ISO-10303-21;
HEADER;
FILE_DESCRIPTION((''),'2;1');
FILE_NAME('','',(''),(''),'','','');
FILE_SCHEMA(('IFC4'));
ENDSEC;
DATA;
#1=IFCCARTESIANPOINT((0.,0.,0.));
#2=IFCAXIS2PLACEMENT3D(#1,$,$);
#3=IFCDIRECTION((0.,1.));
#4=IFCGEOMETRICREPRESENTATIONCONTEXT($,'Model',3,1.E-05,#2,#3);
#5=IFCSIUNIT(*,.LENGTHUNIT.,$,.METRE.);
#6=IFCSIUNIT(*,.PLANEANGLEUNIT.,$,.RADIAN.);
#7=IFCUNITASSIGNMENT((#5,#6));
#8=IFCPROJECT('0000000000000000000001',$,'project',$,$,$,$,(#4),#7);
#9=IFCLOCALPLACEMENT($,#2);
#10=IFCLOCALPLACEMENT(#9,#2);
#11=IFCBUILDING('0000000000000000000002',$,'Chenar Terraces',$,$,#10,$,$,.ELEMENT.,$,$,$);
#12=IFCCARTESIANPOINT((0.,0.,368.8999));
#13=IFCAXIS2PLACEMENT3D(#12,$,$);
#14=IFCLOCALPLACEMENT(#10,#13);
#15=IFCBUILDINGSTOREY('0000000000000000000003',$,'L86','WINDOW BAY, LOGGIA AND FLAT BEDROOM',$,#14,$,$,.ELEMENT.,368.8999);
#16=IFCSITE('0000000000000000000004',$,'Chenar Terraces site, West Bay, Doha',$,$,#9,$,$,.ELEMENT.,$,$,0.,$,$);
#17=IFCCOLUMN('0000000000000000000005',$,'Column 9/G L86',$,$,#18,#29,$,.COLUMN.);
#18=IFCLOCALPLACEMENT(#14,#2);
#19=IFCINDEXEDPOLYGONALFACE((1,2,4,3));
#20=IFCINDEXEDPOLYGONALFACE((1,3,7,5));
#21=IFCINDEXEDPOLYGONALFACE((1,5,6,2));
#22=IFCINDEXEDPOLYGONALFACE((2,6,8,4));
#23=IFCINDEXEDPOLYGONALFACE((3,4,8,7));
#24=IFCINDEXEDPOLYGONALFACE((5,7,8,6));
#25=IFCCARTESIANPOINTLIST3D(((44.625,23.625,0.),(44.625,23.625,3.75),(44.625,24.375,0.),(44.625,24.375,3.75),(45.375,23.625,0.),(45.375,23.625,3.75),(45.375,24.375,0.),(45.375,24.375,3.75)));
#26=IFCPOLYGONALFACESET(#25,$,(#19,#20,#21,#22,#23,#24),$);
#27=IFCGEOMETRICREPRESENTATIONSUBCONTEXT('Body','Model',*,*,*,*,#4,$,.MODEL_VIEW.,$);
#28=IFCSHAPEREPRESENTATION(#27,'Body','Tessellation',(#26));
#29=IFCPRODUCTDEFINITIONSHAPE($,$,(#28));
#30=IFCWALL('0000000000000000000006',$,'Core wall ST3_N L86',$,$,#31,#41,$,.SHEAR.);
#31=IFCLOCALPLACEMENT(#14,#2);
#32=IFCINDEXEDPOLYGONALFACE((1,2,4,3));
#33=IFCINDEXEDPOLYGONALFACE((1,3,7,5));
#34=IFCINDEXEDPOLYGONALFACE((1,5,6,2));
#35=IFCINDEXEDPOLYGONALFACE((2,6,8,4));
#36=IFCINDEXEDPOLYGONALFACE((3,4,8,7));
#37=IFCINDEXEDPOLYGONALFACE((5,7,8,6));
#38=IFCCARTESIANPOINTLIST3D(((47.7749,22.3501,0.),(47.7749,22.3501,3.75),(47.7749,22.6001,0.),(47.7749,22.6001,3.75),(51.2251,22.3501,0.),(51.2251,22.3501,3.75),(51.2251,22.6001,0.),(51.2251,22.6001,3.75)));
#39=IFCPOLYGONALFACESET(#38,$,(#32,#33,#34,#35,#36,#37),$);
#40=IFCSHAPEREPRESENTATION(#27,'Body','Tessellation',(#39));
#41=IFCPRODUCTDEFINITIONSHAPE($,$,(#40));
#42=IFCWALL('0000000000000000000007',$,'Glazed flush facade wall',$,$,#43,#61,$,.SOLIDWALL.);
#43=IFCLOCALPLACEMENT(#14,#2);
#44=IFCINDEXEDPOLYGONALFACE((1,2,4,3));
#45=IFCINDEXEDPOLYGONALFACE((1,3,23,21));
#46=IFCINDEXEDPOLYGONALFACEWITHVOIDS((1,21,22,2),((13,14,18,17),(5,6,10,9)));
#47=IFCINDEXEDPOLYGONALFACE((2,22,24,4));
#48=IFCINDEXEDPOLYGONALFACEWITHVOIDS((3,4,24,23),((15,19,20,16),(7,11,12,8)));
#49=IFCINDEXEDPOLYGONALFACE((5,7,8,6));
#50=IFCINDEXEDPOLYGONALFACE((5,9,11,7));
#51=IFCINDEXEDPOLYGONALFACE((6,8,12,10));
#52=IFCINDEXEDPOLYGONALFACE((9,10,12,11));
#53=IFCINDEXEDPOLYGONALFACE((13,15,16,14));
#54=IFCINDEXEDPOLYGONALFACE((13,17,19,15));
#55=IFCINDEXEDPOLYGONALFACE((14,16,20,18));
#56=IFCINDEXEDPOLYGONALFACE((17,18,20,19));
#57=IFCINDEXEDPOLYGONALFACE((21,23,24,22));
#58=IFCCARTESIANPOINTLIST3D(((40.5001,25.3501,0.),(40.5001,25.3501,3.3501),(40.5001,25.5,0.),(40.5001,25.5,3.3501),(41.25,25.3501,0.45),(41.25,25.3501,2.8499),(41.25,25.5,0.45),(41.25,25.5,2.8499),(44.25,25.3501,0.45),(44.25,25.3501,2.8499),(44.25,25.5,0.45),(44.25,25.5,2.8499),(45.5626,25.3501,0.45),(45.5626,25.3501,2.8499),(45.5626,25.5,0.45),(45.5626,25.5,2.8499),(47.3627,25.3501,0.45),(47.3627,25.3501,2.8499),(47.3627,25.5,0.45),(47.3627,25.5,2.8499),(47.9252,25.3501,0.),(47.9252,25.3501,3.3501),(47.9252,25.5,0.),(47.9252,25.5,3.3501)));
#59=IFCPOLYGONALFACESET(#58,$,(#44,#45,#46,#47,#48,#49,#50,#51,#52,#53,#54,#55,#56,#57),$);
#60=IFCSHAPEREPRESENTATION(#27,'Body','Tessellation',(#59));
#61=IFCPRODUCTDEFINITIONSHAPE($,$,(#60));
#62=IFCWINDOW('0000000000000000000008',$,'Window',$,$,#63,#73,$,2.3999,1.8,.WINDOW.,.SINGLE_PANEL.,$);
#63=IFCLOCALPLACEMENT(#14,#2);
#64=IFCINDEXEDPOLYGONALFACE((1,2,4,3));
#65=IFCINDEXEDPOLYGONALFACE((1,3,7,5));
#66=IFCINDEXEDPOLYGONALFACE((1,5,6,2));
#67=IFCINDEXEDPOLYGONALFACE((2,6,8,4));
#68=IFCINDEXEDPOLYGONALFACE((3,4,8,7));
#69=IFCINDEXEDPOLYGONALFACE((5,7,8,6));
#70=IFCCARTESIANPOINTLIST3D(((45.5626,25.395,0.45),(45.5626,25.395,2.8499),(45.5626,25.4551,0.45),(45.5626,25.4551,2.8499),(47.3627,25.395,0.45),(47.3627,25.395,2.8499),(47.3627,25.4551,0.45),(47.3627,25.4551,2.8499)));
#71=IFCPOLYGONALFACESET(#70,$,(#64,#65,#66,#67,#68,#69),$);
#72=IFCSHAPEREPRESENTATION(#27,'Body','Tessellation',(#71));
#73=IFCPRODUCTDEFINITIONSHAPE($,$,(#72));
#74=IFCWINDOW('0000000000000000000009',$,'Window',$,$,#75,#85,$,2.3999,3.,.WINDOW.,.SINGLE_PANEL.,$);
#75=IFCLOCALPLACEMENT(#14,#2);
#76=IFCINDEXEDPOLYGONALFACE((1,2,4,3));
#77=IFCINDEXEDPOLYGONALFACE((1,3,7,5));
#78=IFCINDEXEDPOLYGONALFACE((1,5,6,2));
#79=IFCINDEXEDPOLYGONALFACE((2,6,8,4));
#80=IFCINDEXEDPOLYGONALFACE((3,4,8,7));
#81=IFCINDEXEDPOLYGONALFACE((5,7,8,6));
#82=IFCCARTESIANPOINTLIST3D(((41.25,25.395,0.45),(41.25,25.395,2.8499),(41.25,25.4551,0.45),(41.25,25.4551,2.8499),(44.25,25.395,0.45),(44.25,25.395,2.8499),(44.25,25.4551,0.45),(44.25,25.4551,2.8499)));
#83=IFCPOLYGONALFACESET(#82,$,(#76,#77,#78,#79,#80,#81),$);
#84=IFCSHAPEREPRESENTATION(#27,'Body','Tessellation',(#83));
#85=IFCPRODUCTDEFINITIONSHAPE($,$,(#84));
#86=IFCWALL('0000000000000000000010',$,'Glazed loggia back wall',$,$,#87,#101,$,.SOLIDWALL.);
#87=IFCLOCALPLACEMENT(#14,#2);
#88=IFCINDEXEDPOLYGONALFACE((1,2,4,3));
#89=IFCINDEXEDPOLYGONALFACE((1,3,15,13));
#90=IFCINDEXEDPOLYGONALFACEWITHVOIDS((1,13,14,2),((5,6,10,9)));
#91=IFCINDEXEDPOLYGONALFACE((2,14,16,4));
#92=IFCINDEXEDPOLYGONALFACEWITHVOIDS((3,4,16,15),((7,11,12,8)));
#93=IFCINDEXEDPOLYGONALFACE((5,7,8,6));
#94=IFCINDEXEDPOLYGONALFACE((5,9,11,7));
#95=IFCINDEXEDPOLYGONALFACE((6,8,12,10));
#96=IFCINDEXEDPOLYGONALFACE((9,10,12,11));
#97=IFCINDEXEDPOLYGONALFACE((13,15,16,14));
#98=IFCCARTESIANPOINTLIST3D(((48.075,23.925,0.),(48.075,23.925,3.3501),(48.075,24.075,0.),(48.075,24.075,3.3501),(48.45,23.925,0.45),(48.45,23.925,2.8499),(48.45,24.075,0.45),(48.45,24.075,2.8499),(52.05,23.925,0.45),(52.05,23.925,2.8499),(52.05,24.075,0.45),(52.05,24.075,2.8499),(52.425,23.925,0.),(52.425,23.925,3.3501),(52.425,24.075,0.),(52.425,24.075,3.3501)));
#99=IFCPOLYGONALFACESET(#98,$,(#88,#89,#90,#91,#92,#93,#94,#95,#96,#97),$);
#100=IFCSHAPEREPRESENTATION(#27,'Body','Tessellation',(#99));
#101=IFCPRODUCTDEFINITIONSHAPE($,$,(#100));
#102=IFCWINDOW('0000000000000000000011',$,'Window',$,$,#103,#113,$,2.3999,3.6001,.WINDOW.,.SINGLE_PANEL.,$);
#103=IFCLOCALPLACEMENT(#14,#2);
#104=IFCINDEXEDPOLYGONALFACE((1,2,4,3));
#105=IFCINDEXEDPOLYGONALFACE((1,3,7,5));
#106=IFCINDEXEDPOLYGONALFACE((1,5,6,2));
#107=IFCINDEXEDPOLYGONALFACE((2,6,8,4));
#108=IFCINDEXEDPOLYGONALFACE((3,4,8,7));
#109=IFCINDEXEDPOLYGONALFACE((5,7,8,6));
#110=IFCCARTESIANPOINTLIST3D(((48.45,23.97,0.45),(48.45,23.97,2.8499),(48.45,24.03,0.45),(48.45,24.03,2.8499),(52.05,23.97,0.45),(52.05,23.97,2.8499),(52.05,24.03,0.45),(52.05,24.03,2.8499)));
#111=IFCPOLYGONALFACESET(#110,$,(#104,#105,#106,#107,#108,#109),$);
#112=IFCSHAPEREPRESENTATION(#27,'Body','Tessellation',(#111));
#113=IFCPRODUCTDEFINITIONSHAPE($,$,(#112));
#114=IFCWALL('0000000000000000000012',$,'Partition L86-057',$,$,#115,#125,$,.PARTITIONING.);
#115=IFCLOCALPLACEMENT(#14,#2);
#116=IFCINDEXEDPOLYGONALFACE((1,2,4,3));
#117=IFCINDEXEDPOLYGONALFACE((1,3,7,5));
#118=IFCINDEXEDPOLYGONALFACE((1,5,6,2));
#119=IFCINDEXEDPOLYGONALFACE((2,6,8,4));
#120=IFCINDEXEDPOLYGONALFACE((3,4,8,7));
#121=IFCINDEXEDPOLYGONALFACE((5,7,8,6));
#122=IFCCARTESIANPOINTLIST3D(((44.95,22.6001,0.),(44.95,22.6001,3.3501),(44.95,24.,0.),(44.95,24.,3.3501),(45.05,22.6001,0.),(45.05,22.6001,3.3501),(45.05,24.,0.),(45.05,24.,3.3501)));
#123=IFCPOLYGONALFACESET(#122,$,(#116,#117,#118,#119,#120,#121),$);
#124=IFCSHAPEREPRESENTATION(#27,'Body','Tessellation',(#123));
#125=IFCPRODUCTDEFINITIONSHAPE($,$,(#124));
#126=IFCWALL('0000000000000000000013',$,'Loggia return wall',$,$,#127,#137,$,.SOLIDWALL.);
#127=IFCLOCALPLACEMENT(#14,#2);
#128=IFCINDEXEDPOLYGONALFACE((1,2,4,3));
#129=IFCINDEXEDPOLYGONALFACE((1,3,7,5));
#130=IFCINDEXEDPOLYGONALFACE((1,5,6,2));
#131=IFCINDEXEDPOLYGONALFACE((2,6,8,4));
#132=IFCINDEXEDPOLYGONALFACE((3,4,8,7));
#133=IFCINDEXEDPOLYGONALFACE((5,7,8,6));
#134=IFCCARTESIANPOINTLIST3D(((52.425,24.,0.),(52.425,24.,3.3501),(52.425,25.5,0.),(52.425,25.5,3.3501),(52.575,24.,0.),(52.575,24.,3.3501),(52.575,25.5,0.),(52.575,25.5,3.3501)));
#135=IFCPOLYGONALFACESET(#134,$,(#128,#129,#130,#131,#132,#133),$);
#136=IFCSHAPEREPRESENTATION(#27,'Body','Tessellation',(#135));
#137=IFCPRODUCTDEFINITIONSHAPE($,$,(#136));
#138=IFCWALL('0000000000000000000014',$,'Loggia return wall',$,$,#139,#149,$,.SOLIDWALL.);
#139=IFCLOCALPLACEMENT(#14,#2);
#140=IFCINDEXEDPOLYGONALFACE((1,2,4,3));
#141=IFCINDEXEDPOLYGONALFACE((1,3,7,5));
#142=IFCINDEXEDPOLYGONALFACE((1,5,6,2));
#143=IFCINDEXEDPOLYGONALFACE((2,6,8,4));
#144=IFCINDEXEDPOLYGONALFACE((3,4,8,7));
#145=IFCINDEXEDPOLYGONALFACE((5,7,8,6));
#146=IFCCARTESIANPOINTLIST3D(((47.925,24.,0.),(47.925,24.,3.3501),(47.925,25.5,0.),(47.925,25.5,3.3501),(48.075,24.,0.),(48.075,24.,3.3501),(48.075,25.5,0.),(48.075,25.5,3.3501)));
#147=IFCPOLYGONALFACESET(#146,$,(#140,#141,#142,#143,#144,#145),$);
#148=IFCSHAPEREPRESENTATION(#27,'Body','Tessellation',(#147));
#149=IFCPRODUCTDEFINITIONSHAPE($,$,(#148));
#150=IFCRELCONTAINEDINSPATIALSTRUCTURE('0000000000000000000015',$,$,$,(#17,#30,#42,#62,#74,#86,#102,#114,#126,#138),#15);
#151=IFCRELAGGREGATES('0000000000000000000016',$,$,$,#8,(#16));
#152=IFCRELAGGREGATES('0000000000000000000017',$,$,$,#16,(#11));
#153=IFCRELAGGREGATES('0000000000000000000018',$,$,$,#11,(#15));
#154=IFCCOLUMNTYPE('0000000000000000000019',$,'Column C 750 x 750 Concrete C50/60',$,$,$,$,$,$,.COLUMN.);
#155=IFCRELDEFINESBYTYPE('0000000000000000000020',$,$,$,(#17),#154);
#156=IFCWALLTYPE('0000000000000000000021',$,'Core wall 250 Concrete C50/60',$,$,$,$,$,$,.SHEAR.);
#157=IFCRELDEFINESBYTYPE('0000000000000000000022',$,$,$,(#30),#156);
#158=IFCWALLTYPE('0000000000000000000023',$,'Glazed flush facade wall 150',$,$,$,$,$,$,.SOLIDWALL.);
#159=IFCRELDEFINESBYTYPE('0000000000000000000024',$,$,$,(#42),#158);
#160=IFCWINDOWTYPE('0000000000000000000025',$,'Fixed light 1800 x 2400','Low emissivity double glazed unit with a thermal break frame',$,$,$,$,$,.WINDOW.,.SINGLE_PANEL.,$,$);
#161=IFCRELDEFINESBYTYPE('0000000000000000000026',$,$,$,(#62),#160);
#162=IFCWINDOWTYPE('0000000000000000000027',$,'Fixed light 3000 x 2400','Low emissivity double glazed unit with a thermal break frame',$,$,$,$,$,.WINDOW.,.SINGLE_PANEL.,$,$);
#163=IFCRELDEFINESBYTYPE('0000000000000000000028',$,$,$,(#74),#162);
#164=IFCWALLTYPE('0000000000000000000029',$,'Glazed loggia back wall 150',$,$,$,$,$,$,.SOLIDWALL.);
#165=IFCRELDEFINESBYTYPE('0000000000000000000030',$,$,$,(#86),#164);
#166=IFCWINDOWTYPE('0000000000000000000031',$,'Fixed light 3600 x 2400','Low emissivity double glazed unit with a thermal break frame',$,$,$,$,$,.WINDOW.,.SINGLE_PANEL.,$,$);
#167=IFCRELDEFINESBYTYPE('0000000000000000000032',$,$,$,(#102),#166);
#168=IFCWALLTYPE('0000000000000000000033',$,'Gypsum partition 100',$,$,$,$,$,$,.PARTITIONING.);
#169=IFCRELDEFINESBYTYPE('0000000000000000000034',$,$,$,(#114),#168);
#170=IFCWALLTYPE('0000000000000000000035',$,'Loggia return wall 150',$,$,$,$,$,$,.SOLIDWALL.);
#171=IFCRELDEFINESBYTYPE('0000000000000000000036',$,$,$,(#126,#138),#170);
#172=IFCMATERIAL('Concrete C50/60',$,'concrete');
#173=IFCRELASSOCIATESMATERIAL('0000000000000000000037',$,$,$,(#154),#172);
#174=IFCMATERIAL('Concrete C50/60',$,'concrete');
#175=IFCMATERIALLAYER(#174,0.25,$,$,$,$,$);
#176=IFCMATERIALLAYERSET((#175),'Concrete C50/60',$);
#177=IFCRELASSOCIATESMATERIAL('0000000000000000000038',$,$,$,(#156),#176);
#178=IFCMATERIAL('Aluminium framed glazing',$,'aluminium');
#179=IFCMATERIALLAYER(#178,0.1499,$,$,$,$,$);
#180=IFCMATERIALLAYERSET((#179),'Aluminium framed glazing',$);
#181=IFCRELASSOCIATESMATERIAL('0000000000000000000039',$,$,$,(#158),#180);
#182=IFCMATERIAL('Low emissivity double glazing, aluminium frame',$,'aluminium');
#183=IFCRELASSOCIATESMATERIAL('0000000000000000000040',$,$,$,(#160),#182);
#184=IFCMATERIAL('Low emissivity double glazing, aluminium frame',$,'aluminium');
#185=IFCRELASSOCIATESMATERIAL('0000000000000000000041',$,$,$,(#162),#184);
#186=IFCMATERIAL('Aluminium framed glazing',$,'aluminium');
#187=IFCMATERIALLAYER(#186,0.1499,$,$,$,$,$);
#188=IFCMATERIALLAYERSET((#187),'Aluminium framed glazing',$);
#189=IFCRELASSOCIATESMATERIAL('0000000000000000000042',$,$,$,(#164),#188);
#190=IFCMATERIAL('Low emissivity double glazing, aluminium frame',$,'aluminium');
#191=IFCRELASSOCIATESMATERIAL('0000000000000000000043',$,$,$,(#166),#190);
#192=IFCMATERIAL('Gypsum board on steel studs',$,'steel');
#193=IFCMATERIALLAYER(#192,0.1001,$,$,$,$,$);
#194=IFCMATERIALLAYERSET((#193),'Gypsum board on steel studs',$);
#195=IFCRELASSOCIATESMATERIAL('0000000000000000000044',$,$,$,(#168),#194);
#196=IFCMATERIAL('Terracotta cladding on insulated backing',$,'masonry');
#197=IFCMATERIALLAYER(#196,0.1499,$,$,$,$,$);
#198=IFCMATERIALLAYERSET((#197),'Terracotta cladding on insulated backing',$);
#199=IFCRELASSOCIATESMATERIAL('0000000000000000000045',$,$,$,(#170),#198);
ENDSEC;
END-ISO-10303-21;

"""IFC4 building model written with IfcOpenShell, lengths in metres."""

from ifc_helpers import new_model, si_unit, direction, frame, frame_2d, origin, origin_2d, place, context, subcontext, project, spatial, rectangle, extrude, material, layer, layer_set, material_profile, profile_set, type_object, element, fill, save


model = new_model("IFC4")

# Units and contexts
model_context = context("Model", 3, precision=1e-05, world=origin(), true_north=direction((0.0, 1.0)))
body_context = subcontext(model_context, "Body", "Model", "MODEL_VIEW")
ifc_project = project(units=[si_unit("LENGTHUNIT", "METRE"), si_unit("PLANEANGLEUNIT", "RADIAN")], contexts=[model_context])

# Site, building, storey
site_placement = place(None, origin())
site = spatial("IfcSite", under=ifc_project, at=site_placement, Name="Chenar Terraces site, West Bay, Doha", CompositionType="ELEMENT", RefElevation=0.0)
building_placement = place(site_placement, origin())
building = spatial("IfcBuilding", under=site, at=building_placement, Name="Chenar Terraces", CompositionType="ELEMENT")
storey_placement = place(building_placement, frame((0.0, 0.0, 368.8999)))
storey = spatial("IfcBuildingStorey", under=building, at=storey_placement, Name="L86", Description="WINDOW BAY, LOGGIA AND FLAT BEDROOM", CompositionType="ELEMENT", Elevation=368.8999)

# Column
ifc_material_1 = material(Name="Concrete C50/60", Category="concrete")
ifc_material_profile_1 = material_profile(ifc_material_1, rectangle(XDim=0.75, YDim=0.75, at=origin_2d()), Name="C 750 x 750")
ifc_profile_set_1 = profile_set([ifc_material_profile_1], Name="Concrete C50/60")
column_type = type_object("IfcColumnType", Name="Column C 750 x 750 Concrete C50/60", PredefinedType="COLUMN", material=ifc_profile_set_1)
column_placement = place(storey_placement, frame((45.0, 24.0, 0.0), z_axis=(0.0, 0.0, 1.0), x_axis=(1.0, 0.0, 0.0)))
element("IfcColumn", 1, at=column_placement, inside=storey, type_object=column_type, Name="Column 9/G L86", PredefinedType="COLUMN", context=body_context, shape_type="SweptSolid", body=[
    extrude(rectangle(XDim=0.75, YDim=0.75, at=origin_2d()), origin(), (0.0, 0.0, 1.0), 3.75),
])

# Wall
ifc_material_2 = material(Name="Concrete C50/60", Category="concrete")
ifc_layer_1 = layer(ifc_material_2, 0.25)
ifc_layer_set_1 = layer_set([ifc_layer_1], Name="Concrete C50/60")
wall_type_1 = type_object("IfcWallType", Name="Core wall 250 Concrete C50/60", PredefinedType="SHEAR", material=ifc_layer_set_1)
wall_1_placement = place(storey_placement, frame((47.7749, 22.4751, 0.0), z_axis=(0.0, 0.0, 1.0), x_axis=(1.0, 0.0, 0.0)))
element("IfcWall", 2, at=wall_1_placement, inside=storey, type_object=wall_type_1, Name="Core wall ST3_N L86", PredefinedType="SHEAR", context=body_context, shape_type="SweptSolid", body=[
    extrude(rectangle(XDim=3.4502, YDim=0.25, at=frame_2d((1.7251, 0.0))), origin(), (0.0, 0.0, 1.0), 3.75),
])

# Wall, openings, windows
ifc_material_3 = material(Name="Aluminium framed glazing", Category="aluminium")
ifc_layer_2 = layer(ifc_material_3, 0.1499)
ifc_layer_set_2 = layer_set([ifc_layer_2], Name="Aluminium framed glazing")
wall_type_2 = type_object("IfcWallType", Name="Glazed flush facade wall 150", PredefinedType="SOLIDWALL", material=ifc_layer_set_2)
wall_2_placement = place(storey_placement, frame((47.925, 25.425, 0.0), z_axis=(0.0, 0.0, 1.0), x_axis=(-1.0, 0.0, 0.0)))
wall_2 = element("IfcWall", 3, at=wall_2_placement, inside=storey, type_object=wall_type_2, Name="Glazed flush facade wall", PredefinedType="SOLIDWALL", context=body_context, shape_type="SweptSolid", body=[
    extrude(rectangle(XDim=7.425, YDim=0.1499, at=frame_2d((3.7124, 0.0))), origin(), (0.0, 0.0, 1.0), 3.3501),
])
opening_1_placement = place(wall_2_placement, frame((0.5625, 0.0, 0.45)))
opening_1 = element("IfcOpeningElement", 4, at=opening_1_placement, cuts=wall_2, PredefinedType="OPENING", context=body_context, shape_type="SweptSolid", body=[
    extrude(rectangle(XDim=1.8, YDim=2.3999, at=frame_2d((0.8999, 1.2))), frame((0.0, 0.085, 0.0), z_axis=(0.0, -1.0, 0.0), x_axis=(1.0, 0.0, 0.0)), (0.0, 0.0, 1.0), 0.1699),
])
opening_2_placement = place(wall_2_placement, frame((3.675, 0.0, 0.45)))
opening_2 = element("IfcOpeningElement", 5, at=opening_2_placement, cuts=wall_2, PredefinedType="OPENING", context=body_context, shape_type="SweptSolid", body=[
    extrude(rectangle(XDim=3.0, YDim=2.3999, at=frame_2d((1.5, 1.2))), frame((0.0, 0.085, 0.0), z_axis=(0.0, -1.0, 0.0), x_axis=(1.0, 0.0, 0.0)), (0.0, 0.0, 1.0), 0.1699),
])
ifc_material_4 = material(Name="Low emissivity double glazing, aluminium frame", Category="aluminium")
window_type_1 = type_object("IfcWindowType", Name="Fixed light 1800 x 2400", Description="Low emissivity double glazed unit with a thermal break frame", PartitioningType="SINGLE_PANEL", PredefinedType="WINDOW", material=ifc_material_4)
window_1_placement = place(opening_1_placement, origin())
window_1 = element("IfcWindow", 6, at=window_1_placement, inside=storey, type_object=window_type_1, Name="Window", OverallHeight=2.3999, OverallWidth=1.8, PartitioningType="SINGLE_PANEL", PredefinedType="WINDOW", context=body_context, shape_type="SweptSolid", body=[
    extrude(rectangle(XDim=1.8, YDim=2.3999, at=frame_2d((0.8999, 1.2))), frame((0.0, 0.03, 0.0), z_axis=(0.0, -1.0, 0.0), x_axis=(1.0, 0.0, 0.0)), (0.0, 0.0, 1.0), 0.0601),
])
fill(opening_1, window_1)
ifc_material_5 = material(Name="Low emissivity double glazing, aluminium frame", Category="aluminium")
window_type_2 = type_object("IfcWindowType", Name="Fixed light 3000 x 2400", Description="Low emissivity double glazed unit with a thermal break frame", PartitioningType="SINGLE_PANEL", PredefinedType="WINDOW", material=ifc_material_5)
window_2_placement = place(opening_2_placement, origin())
window_2 = element("IfcWindow", 7, at=window_2_placement, inside=storey, type_object=window_type_2, Name="Window", OverallHeight=2.3999, OverallWidth=3.0, PartitioningType="SINGLE_PANEL", PredefinedType="WINDOW", context=body_context, shape_type="SweptSolid", body=[
    extrude(rectangle(XDim=3.0, YDim=2.3999, at=frame_2d((1.5, 1.2))), frame((0.0, 0.03, 0.0), z_axis=(0.0, -1.0, 0.0), x_axis=(1.0, 0.0, 0.0)), (0.0, 0.0, 1.0), 0.0601),
])
fill(opening_2, window_2)

# Wall, opening, window
ifc_material_6 = material(Name="Aluminium framed glazing", Category="aluminium")
ifc_layer_3 = layer(ifc_material_6, 0.1499)
ifc_layer_set_3 = layer_set([ifc_layer_3], Name="Aluminium framed glazing")
wall_type_3 = type_object("IfcWallType", Name="Glazed loggia back wall 150", PredefinedType="SOLIDWALL", material=ifc_layer_set_3)
wall_3_placement = place(storey_placement, frame((52.425, 24.0, 0.0), z_axis=(0.0, 0.0, 1.0), x_axis=(-1.0, 0.0, 0.0)))
wall_3 = element("IfcWall", 8, at=wall_3_placement, inside=storey, type_object=wall_type_3, Name="Glazed loggia back wall", PredefinedType="SOLIDWALL", context=body_context, shape_type="SweptSolid", body=[
    extrude(rectangle(XDim=4.3501, YDim=0.1499, at=frame_2d((2.175, 0.0))), origin(), (0.0, 0.0, 1.0), 3.3501),
])
opening_3_placement = place(wall_3_placement, frame((0.375, 0.0, 0.45)))
opening_3 = element("IfcOpeningElement", 9, at=opening_3_placement, cuts=wall_3, PredefinedType="OPENING", context=body_context, shape_type="SweptSolid", body=[
    extrude(rectangle(XDim=3.6001, YDim=2.3999, at=frame_2d((1.8, 1.2))), frame((0.0, 0.085, 0.0), z_axis=(0.0, -1.0, 0.0), x_axis=(1.0, 0.0, 0.0)), (0.0, 0.0, 1.0), 0.1699),
])
ifc_material_7 = material(Name="Low emissivity double glazing, aluminium frame", Category="aluminium")
window_type_3 = type_object("IfcWindowType", Name="Fixed light 3600 x 2400", Description="Low emissivity double glazed unit with a thermal break frame", PartitioningType="SINGLE_PANEL", PredefinedType="WINDOW", material=ifc_material_7)
window_3_placement = place(opening_3_placement, origin())
window_3 = element("IfcWindow", 10, at=window_3_placement, inside=storey, type_object=window_type_3, Name="Window", OverallHeight=2.3999, OverallWidth=3.6001, PartitioningType="SINGLE_PANEL", PredefinedType="WINDOW", context=body_context, shape_type="SweptSolid", body=[
    extrude(rectangle(XDim=3.6001, YDim=2.3999, at=frame_2d((1.8, 1.2))), frame((0.0, 0.03, 0.0), z_axis=(0.0, -1.0, 0.0), x_axis=(1.0, 0.0, 0.0)), (0.0, 0.0, 1.0), 0.0601),
])
fill(opening_3, window_3)

# Walls
ifc_material_8 = material(Name="Gypsum board on steel studs", Category="steel")
ifc_layer_4 = layer(ifc_material_8, 0.1001)
ifc_layer_set_4 = layer_set([ifc_layer_4], Name="Gypsum board on steel studs")
wall_type_4 = type_object("IfcWallType", Name="Gypsum partition 100", PredefinedType="PARTITIONING", material=ifc_layer_set_4)
wall_4_placement = place(storey_placement, frame((45.0, 22.6001, 0.0), z_axis=(0.0, 0.0, 1.0), x_axis=(0.0, 1.0, 0.0)))
element("IfcWall", 11, at=wall_4_placement, inside=storey, type_object=wall_type_4, Name="Partition L86-057", PredefinedType="PARTITIONING", context=body_context, shape_type="SweptSolid", body=[
    extrude(rectangle(XDim=1.3999, YDim=0.1001, at=frame_2d((0.7, 0.0))), origin(), (0.0, 0.0, 1.0), 3.3501),
])
ifc_material_9 = material(Name="Terracotta cladding on insulated backing", Category="masonry")
ifc_layer_5 = layer(ifc_material_9, 0.1499)
ifc_layer_set_5 = layer_set([ifc_layer_5], Name="Terracotta cladding on insulated backing")
wall_type_5 = type_object("IfcWallType", Name="Loggia return wall 150", PredefinedType="SOLIDWALL", material=ifc_layer_set_5)
for number, where, z_axis, x_axis, name in (
    (12, (52.5, 25.5, 0.0), (0.0, 0.0, 1.0), (0.0, -1.0, 0.0), "Loggia return wall"),
    (13, (48.0, 25.5, 0.0), (0.0, 0.0, 1.0), (0.0, -1.0, 0.0), "Loggia return wall"),
):
    element("IfcWall", number, at=place(storey_placement, frame(where, z_axis=z_axis, x_axis=x_axis)), inside=storey, type_object=wall_type_5, Name=name, PredefinedType="SOLIDWALL", context=body_context, shape_type="SweptSolid", body=[
        extrude(rectangle(XDim=1.5, YDim=0.1499, at=frame_2d((0.75, 0.0))), origin(), (0.0, 0.0, 1.0), 3.3501),
    ])

save(model, "model.ifc")
